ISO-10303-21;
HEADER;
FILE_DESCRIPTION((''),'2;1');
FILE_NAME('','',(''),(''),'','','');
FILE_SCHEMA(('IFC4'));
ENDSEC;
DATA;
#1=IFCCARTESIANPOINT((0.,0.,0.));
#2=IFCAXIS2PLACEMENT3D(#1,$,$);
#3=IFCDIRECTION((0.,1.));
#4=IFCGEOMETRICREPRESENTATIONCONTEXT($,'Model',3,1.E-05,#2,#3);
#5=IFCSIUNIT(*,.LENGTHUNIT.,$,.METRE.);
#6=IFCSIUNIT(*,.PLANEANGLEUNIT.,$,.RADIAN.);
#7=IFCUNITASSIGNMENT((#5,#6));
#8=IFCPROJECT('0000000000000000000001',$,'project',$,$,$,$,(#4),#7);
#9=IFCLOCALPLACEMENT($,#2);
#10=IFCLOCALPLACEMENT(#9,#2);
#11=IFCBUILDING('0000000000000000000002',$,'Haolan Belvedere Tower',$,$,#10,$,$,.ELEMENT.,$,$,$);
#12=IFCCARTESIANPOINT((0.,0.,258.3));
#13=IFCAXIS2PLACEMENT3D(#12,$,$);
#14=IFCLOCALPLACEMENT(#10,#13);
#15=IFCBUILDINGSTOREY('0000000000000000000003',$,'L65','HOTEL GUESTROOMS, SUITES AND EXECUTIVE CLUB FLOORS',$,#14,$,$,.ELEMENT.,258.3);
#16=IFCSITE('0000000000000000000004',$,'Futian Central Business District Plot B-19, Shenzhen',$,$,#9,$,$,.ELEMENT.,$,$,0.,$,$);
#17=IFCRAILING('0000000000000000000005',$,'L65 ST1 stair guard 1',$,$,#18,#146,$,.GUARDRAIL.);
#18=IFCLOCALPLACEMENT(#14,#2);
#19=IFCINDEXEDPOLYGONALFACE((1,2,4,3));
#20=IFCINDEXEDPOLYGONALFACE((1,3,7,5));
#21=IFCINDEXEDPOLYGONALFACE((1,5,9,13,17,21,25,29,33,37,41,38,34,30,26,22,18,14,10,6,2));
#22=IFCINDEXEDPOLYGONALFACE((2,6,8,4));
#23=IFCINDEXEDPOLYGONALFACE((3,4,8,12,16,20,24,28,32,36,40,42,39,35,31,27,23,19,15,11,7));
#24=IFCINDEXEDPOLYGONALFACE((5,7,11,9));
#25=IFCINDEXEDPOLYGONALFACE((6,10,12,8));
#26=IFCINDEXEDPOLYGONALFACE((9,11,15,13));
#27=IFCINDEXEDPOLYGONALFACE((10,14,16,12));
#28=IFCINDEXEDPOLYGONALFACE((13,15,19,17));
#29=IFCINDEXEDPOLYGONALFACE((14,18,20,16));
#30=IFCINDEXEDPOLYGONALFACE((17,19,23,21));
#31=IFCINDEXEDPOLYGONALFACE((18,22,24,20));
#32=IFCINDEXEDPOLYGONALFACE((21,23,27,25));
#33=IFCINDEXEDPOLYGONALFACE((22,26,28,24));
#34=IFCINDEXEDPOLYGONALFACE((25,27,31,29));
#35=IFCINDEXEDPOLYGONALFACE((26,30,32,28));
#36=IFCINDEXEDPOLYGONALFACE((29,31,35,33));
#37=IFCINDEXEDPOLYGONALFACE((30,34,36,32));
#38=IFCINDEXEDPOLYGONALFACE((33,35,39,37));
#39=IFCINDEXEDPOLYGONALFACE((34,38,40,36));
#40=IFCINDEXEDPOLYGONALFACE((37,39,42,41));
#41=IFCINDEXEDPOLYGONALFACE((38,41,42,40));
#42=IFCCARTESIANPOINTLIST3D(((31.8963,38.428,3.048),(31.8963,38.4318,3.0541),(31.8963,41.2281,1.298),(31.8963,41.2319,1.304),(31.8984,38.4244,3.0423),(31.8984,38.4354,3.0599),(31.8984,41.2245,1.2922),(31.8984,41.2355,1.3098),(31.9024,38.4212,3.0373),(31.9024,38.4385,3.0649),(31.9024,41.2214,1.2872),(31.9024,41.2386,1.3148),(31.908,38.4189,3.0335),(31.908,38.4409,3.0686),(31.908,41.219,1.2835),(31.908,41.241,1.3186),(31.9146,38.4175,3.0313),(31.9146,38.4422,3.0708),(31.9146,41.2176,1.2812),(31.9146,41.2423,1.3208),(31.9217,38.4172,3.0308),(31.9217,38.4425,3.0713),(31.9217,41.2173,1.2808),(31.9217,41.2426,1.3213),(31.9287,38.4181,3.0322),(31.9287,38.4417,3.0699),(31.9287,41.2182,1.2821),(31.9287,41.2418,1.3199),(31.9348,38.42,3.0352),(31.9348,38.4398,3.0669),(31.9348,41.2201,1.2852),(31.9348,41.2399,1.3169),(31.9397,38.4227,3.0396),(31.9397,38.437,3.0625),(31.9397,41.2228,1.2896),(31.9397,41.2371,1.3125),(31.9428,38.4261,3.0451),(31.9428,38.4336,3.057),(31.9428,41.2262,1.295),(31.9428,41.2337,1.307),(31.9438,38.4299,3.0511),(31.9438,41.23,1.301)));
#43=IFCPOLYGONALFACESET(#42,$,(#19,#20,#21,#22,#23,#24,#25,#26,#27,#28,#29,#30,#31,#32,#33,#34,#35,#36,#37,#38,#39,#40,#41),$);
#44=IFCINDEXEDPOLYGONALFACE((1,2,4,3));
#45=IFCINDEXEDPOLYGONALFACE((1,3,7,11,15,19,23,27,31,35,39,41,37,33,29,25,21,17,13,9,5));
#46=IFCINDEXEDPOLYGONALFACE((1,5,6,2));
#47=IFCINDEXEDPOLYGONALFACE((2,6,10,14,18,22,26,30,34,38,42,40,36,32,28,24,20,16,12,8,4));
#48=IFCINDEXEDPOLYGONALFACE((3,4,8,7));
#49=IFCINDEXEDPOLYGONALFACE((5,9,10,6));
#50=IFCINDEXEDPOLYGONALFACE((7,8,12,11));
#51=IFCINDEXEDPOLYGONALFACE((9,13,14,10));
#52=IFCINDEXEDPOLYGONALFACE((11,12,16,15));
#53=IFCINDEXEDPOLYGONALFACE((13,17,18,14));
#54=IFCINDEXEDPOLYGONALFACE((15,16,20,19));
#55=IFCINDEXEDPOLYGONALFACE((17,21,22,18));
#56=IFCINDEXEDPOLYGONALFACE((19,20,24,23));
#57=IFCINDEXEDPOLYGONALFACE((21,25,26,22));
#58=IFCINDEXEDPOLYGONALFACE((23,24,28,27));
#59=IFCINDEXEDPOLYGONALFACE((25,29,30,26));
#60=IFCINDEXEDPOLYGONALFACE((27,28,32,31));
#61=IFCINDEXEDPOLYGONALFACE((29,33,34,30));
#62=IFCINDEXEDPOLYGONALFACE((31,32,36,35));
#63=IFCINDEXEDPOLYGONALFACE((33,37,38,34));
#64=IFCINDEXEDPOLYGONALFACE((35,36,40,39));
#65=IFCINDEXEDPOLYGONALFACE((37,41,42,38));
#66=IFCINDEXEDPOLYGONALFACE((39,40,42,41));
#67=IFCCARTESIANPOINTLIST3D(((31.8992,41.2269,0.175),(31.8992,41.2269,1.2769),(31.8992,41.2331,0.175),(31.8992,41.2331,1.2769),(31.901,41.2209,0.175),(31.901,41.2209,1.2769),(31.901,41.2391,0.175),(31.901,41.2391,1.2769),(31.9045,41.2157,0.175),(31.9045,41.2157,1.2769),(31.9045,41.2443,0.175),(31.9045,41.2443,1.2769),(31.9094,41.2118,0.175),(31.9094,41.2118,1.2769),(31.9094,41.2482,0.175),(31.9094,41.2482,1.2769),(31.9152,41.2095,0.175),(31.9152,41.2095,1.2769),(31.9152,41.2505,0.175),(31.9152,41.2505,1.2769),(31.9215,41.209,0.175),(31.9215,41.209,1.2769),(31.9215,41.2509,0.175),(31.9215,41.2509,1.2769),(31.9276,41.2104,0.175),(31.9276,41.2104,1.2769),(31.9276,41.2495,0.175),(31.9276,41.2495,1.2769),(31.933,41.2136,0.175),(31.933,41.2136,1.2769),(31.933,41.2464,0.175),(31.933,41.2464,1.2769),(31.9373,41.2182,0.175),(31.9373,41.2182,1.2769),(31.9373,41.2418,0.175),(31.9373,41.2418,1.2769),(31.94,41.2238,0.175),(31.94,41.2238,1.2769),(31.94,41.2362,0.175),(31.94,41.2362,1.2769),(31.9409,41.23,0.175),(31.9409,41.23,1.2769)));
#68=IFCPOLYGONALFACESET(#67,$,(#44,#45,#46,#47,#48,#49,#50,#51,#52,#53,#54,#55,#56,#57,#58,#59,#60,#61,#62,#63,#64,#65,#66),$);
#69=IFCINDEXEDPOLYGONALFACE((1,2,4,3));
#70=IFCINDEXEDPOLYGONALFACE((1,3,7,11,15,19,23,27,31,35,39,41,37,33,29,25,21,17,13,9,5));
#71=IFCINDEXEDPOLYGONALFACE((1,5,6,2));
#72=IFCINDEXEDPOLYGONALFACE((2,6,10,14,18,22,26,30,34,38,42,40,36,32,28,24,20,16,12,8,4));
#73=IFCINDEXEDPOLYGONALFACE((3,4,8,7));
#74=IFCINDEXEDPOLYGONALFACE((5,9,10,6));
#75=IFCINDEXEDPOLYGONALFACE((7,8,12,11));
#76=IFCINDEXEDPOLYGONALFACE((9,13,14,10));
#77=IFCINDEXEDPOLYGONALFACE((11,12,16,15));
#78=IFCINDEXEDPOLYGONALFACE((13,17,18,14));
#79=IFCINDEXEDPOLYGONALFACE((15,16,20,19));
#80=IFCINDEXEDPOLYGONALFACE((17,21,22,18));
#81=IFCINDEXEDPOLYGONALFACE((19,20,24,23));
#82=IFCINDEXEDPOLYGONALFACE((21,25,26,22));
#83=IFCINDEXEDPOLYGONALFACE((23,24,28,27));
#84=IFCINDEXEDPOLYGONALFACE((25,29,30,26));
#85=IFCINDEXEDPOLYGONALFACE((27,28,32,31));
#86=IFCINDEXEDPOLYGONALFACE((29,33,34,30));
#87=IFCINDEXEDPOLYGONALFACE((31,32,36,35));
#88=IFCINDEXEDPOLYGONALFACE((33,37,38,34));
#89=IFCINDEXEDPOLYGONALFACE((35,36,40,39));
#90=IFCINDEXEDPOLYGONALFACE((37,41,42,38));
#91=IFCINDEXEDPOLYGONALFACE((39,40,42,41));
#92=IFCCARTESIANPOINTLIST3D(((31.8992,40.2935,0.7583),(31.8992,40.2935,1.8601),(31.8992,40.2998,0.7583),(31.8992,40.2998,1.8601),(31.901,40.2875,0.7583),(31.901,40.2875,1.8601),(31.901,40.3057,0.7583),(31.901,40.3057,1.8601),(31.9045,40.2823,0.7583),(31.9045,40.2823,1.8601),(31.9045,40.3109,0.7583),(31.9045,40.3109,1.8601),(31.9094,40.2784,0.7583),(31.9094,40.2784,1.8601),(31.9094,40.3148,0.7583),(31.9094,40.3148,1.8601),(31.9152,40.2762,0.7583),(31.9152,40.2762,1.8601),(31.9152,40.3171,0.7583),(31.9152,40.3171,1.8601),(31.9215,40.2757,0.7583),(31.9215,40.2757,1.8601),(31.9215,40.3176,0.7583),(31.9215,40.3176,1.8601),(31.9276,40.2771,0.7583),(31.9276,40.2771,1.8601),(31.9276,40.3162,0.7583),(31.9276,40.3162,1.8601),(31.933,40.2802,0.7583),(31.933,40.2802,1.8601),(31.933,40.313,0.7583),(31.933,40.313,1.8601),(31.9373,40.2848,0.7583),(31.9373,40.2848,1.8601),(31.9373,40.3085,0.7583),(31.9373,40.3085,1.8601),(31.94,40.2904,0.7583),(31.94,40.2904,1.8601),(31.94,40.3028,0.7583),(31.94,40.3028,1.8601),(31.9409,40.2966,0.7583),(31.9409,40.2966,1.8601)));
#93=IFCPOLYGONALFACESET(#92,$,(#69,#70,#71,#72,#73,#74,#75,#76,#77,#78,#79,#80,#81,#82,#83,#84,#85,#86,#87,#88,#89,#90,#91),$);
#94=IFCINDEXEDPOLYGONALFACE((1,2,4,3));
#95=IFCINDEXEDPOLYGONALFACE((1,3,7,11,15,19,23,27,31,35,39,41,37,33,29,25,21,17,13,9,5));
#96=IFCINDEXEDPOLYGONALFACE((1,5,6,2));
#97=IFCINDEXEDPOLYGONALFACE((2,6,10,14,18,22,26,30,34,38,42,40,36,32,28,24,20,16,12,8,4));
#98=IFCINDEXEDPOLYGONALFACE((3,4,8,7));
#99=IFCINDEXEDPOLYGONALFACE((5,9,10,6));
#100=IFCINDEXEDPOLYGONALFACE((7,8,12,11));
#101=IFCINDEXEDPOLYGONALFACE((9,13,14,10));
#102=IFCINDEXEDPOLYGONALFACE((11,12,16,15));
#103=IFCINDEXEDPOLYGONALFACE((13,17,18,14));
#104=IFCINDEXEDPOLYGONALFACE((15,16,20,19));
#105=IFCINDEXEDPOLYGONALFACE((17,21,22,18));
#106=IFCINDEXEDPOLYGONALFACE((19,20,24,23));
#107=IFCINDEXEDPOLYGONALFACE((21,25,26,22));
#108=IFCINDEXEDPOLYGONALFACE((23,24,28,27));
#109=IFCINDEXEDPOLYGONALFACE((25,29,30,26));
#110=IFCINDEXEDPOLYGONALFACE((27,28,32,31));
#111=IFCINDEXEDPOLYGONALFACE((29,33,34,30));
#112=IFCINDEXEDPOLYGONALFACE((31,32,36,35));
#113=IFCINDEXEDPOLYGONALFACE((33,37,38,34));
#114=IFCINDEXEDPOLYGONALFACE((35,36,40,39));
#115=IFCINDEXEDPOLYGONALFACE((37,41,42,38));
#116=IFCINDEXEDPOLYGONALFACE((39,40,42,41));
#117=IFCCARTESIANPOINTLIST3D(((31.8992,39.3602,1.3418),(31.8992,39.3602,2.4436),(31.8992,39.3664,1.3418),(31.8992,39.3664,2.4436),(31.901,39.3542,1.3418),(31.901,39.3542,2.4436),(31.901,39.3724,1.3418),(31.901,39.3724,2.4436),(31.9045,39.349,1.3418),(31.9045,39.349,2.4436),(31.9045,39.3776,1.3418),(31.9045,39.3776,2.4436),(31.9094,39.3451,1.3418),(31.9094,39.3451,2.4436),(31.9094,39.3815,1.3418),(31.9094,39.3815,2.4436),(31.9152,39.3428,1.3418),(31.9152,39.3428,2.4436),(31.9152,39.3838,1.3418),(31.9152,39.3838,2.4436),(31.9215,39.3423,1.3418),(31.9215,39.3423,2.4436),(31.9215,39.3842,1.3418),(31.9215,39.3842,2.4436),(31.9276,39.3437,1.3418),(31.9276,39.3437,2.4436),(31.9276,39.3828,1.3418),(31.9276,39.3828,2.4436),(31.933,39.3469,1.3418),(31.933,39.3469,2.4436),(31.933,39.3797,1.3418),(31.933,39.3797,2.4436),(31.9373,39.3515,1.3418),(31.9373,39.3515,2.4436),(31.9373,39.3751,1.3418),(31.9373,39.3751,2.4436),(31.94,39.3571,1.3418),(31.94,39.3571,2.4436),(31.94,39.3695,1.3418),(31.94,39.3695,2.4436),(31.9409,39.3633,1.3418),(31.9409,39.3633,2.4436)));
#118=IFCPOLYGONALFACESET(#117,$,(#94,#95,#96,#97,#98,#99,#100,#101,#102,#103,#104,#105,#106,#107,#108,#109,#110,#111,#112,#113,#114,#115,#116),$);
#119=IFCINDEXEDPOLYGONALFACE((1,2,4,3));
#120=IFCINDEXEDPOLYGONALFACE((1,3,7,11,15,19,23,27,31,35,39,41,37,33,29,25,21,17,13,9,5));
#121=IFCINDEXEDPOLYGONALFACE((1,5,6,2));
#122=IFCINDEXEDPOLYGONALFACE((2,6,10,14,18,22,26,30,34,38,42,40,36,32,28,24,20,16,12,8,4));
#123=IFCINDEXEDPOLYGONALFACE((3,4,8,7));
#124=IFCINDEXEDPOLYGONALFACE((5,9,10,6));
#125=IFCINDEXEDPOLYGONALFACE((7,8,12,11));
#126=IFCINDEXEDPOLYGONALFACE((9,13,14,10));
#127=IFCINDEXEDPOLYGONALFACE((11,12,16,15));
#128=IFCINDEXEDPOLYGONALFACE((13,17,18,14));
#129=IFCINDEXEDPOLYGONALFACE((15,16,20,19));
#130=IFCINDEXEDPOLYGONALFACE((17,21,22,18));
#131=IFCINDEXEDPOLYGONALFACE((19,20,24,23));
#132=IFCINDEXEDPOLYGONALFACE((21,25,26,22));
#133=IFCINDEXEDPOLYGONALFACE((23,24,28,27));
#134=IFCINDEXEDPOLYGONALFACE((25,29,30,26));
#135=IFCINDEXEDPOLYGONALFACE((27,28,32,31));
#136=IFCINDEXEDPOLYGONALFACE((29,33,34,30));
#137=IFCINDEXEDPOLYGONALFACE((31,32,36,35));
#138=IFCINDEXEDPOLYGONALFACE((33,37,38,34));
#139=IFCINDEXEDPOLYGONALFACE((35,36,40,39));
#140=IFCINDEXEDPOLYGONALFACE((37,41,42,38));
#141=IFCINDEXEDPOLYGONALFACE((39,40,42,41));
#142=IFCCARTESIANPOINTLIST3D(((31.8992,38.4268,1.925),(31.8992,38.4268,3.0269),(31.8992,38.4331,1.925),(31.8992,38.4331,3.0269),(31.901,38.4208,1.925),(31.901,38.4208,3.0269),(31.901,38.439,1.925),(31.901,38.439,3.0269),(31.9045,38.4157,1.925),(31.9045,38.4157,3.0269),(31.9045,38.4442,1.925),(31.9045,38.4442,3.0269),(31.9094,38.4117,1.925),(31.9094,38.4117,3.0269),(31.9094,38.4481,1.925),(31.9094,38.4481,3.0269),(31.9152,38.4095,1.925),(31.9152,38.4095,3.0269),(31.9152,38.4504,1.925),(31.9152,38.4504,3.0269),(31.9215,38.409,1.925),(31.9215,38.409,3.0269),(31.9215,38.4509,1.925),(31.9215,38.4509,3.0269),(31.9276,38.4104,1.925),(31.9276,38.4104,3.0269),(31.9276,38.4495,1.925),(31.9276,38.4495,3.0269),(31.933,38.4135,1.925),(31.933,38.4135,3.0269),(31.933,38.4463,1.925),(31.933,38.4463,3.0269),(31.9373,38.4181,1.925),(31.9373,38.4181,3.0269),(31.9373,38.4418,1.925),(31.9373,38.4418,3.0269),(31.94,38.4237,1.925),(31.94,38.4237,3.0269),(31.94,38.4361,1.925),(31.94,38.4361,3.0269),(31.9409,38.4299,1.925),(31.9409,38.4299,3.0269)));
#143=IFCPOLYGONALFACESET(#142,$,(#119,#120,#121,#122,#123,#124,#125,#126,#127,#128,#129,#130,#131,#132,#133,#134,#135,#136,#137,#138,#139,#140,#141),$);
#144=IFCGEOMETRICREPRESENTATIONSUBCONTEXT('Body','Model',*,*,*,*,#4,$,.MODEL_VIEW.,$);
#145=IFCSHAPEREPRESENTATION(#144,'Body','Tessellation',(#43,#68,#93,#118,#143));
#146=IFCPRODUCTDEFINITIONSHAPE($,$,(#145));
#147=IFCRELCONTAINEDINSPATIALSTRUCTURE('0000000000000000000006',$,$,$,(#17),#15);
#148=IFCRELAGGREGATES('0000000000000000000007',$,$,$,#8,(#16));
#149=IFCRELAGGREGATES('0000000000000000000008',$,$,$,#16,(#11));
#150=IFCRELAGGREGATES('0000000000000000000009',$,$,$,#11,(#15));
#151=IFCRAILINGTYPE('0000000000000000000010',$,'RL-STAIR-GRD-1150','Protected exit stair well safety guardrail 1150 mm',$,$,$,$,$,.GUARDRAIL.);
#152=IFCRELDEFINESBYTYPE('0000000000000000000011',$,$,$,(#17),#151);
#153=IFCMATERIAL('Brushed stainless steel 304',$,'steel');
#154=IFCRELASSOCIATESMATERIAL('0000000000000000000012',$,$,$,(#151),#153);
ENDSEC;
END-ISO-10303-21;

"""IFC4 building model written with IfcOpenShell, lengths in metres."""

from ifc_helpers import new_model, si_unit, direction, frame, origin, origin_2d, place, context, subcontext, project, spatial, circle, extrude, material, type_object, element, save


model = new_model("IFC4")

# Units and contexts
model_context = context("Model", 3, precision=1e-05, world=origin(), true_north=direction((0.0, 1.0)))
body_context = subcontext(model_context, "Body", "Model", "MODEL_VIEW")
ifc_project = project(units=[si_unit("LENGTHUNIT", "METRE"), si_unit("PLANEANGLEUNIT", "RADIAN")], contexts=[model_context])

# Site, building, storey
site_placement = place(None, origin())
site = spatial("IfcSite", under=ifc_project, at=site_placement, Name="Futian Central Business District Plot B-19, Shenzhen", CompositionType="ELEMENT", RefElevation=0.0)
building_placement = place(site_placement, origin())
building = spatial("IfcBuilding", under=site, at=building_placement, Name="Haolan Belvedere Tower", CompositionType="ELEMENT")
storey_placement = place(building_placement, frame((0.0, 0.0, 258.3)))
storey = spatial("IfcBuildingStorey", under=building, at=storey_placement, Name="L65", Description="HOTEL GUESTROOMS, SUITES AND EXECUTIVE CLUB FLOORS", CompositionType="ELEMENT", Elevation=258.3)

# Railing
ifc_material_1 = material(Name="Brushed stainless steel 304", Category="steel")
railing_type_1 = type_object("IfcRailingType", Name="RL-STAIR-GRD-1150", Description="Protected exit stair well safety guardrail 1150 mm", PredefinedType="GUARDRAIL", material=ifc_material_1)
railing_1_placement = place(storey_placement, frame((31.9199, 41.23, 0.175)))
element("IfcRailing", 1, at=railing_1_placement, inside=storey, type_object=railing_type_1, Name="L65 ST1 stair guard 1", PredefinedType="GUARDRAIL", context=body_context, shape_type="SweptSolid", body=[
    extrude(circle(Radius=0.0239, at=origin_2d()), frame((0.0, 0.0, 1.126), z_axis=(0.0, -0.848002, 0.529992), x_axis=(1.0, 0.0, 0.0)), (0.0, 0.0, 1.0), 3.302),
    extrude(circle(Radius=0.021, at=origin_2d()), origin(), (0.0, 0.0, 1.0), 1.1018),
    extrude(circle(Radius=0.021, at=origin_2d()), frame((0.0, -0.9333, 0.5833)), (0.0, 0.0, 1.0), 1.1018),
    extrude(circle(Radius=0.021, at=origin_2d()), frame((0.0, -1.8667, 1.1667)), (0.0, 0.0, 1.0), 1.1018),
    extrude(circle(Radius=0.021, at=origin_2d()), frame((0.0, -2.8, 1.75)), (0.0, 0.0, 1.0), 1.1018),
])

save(model, "model.ifc")
